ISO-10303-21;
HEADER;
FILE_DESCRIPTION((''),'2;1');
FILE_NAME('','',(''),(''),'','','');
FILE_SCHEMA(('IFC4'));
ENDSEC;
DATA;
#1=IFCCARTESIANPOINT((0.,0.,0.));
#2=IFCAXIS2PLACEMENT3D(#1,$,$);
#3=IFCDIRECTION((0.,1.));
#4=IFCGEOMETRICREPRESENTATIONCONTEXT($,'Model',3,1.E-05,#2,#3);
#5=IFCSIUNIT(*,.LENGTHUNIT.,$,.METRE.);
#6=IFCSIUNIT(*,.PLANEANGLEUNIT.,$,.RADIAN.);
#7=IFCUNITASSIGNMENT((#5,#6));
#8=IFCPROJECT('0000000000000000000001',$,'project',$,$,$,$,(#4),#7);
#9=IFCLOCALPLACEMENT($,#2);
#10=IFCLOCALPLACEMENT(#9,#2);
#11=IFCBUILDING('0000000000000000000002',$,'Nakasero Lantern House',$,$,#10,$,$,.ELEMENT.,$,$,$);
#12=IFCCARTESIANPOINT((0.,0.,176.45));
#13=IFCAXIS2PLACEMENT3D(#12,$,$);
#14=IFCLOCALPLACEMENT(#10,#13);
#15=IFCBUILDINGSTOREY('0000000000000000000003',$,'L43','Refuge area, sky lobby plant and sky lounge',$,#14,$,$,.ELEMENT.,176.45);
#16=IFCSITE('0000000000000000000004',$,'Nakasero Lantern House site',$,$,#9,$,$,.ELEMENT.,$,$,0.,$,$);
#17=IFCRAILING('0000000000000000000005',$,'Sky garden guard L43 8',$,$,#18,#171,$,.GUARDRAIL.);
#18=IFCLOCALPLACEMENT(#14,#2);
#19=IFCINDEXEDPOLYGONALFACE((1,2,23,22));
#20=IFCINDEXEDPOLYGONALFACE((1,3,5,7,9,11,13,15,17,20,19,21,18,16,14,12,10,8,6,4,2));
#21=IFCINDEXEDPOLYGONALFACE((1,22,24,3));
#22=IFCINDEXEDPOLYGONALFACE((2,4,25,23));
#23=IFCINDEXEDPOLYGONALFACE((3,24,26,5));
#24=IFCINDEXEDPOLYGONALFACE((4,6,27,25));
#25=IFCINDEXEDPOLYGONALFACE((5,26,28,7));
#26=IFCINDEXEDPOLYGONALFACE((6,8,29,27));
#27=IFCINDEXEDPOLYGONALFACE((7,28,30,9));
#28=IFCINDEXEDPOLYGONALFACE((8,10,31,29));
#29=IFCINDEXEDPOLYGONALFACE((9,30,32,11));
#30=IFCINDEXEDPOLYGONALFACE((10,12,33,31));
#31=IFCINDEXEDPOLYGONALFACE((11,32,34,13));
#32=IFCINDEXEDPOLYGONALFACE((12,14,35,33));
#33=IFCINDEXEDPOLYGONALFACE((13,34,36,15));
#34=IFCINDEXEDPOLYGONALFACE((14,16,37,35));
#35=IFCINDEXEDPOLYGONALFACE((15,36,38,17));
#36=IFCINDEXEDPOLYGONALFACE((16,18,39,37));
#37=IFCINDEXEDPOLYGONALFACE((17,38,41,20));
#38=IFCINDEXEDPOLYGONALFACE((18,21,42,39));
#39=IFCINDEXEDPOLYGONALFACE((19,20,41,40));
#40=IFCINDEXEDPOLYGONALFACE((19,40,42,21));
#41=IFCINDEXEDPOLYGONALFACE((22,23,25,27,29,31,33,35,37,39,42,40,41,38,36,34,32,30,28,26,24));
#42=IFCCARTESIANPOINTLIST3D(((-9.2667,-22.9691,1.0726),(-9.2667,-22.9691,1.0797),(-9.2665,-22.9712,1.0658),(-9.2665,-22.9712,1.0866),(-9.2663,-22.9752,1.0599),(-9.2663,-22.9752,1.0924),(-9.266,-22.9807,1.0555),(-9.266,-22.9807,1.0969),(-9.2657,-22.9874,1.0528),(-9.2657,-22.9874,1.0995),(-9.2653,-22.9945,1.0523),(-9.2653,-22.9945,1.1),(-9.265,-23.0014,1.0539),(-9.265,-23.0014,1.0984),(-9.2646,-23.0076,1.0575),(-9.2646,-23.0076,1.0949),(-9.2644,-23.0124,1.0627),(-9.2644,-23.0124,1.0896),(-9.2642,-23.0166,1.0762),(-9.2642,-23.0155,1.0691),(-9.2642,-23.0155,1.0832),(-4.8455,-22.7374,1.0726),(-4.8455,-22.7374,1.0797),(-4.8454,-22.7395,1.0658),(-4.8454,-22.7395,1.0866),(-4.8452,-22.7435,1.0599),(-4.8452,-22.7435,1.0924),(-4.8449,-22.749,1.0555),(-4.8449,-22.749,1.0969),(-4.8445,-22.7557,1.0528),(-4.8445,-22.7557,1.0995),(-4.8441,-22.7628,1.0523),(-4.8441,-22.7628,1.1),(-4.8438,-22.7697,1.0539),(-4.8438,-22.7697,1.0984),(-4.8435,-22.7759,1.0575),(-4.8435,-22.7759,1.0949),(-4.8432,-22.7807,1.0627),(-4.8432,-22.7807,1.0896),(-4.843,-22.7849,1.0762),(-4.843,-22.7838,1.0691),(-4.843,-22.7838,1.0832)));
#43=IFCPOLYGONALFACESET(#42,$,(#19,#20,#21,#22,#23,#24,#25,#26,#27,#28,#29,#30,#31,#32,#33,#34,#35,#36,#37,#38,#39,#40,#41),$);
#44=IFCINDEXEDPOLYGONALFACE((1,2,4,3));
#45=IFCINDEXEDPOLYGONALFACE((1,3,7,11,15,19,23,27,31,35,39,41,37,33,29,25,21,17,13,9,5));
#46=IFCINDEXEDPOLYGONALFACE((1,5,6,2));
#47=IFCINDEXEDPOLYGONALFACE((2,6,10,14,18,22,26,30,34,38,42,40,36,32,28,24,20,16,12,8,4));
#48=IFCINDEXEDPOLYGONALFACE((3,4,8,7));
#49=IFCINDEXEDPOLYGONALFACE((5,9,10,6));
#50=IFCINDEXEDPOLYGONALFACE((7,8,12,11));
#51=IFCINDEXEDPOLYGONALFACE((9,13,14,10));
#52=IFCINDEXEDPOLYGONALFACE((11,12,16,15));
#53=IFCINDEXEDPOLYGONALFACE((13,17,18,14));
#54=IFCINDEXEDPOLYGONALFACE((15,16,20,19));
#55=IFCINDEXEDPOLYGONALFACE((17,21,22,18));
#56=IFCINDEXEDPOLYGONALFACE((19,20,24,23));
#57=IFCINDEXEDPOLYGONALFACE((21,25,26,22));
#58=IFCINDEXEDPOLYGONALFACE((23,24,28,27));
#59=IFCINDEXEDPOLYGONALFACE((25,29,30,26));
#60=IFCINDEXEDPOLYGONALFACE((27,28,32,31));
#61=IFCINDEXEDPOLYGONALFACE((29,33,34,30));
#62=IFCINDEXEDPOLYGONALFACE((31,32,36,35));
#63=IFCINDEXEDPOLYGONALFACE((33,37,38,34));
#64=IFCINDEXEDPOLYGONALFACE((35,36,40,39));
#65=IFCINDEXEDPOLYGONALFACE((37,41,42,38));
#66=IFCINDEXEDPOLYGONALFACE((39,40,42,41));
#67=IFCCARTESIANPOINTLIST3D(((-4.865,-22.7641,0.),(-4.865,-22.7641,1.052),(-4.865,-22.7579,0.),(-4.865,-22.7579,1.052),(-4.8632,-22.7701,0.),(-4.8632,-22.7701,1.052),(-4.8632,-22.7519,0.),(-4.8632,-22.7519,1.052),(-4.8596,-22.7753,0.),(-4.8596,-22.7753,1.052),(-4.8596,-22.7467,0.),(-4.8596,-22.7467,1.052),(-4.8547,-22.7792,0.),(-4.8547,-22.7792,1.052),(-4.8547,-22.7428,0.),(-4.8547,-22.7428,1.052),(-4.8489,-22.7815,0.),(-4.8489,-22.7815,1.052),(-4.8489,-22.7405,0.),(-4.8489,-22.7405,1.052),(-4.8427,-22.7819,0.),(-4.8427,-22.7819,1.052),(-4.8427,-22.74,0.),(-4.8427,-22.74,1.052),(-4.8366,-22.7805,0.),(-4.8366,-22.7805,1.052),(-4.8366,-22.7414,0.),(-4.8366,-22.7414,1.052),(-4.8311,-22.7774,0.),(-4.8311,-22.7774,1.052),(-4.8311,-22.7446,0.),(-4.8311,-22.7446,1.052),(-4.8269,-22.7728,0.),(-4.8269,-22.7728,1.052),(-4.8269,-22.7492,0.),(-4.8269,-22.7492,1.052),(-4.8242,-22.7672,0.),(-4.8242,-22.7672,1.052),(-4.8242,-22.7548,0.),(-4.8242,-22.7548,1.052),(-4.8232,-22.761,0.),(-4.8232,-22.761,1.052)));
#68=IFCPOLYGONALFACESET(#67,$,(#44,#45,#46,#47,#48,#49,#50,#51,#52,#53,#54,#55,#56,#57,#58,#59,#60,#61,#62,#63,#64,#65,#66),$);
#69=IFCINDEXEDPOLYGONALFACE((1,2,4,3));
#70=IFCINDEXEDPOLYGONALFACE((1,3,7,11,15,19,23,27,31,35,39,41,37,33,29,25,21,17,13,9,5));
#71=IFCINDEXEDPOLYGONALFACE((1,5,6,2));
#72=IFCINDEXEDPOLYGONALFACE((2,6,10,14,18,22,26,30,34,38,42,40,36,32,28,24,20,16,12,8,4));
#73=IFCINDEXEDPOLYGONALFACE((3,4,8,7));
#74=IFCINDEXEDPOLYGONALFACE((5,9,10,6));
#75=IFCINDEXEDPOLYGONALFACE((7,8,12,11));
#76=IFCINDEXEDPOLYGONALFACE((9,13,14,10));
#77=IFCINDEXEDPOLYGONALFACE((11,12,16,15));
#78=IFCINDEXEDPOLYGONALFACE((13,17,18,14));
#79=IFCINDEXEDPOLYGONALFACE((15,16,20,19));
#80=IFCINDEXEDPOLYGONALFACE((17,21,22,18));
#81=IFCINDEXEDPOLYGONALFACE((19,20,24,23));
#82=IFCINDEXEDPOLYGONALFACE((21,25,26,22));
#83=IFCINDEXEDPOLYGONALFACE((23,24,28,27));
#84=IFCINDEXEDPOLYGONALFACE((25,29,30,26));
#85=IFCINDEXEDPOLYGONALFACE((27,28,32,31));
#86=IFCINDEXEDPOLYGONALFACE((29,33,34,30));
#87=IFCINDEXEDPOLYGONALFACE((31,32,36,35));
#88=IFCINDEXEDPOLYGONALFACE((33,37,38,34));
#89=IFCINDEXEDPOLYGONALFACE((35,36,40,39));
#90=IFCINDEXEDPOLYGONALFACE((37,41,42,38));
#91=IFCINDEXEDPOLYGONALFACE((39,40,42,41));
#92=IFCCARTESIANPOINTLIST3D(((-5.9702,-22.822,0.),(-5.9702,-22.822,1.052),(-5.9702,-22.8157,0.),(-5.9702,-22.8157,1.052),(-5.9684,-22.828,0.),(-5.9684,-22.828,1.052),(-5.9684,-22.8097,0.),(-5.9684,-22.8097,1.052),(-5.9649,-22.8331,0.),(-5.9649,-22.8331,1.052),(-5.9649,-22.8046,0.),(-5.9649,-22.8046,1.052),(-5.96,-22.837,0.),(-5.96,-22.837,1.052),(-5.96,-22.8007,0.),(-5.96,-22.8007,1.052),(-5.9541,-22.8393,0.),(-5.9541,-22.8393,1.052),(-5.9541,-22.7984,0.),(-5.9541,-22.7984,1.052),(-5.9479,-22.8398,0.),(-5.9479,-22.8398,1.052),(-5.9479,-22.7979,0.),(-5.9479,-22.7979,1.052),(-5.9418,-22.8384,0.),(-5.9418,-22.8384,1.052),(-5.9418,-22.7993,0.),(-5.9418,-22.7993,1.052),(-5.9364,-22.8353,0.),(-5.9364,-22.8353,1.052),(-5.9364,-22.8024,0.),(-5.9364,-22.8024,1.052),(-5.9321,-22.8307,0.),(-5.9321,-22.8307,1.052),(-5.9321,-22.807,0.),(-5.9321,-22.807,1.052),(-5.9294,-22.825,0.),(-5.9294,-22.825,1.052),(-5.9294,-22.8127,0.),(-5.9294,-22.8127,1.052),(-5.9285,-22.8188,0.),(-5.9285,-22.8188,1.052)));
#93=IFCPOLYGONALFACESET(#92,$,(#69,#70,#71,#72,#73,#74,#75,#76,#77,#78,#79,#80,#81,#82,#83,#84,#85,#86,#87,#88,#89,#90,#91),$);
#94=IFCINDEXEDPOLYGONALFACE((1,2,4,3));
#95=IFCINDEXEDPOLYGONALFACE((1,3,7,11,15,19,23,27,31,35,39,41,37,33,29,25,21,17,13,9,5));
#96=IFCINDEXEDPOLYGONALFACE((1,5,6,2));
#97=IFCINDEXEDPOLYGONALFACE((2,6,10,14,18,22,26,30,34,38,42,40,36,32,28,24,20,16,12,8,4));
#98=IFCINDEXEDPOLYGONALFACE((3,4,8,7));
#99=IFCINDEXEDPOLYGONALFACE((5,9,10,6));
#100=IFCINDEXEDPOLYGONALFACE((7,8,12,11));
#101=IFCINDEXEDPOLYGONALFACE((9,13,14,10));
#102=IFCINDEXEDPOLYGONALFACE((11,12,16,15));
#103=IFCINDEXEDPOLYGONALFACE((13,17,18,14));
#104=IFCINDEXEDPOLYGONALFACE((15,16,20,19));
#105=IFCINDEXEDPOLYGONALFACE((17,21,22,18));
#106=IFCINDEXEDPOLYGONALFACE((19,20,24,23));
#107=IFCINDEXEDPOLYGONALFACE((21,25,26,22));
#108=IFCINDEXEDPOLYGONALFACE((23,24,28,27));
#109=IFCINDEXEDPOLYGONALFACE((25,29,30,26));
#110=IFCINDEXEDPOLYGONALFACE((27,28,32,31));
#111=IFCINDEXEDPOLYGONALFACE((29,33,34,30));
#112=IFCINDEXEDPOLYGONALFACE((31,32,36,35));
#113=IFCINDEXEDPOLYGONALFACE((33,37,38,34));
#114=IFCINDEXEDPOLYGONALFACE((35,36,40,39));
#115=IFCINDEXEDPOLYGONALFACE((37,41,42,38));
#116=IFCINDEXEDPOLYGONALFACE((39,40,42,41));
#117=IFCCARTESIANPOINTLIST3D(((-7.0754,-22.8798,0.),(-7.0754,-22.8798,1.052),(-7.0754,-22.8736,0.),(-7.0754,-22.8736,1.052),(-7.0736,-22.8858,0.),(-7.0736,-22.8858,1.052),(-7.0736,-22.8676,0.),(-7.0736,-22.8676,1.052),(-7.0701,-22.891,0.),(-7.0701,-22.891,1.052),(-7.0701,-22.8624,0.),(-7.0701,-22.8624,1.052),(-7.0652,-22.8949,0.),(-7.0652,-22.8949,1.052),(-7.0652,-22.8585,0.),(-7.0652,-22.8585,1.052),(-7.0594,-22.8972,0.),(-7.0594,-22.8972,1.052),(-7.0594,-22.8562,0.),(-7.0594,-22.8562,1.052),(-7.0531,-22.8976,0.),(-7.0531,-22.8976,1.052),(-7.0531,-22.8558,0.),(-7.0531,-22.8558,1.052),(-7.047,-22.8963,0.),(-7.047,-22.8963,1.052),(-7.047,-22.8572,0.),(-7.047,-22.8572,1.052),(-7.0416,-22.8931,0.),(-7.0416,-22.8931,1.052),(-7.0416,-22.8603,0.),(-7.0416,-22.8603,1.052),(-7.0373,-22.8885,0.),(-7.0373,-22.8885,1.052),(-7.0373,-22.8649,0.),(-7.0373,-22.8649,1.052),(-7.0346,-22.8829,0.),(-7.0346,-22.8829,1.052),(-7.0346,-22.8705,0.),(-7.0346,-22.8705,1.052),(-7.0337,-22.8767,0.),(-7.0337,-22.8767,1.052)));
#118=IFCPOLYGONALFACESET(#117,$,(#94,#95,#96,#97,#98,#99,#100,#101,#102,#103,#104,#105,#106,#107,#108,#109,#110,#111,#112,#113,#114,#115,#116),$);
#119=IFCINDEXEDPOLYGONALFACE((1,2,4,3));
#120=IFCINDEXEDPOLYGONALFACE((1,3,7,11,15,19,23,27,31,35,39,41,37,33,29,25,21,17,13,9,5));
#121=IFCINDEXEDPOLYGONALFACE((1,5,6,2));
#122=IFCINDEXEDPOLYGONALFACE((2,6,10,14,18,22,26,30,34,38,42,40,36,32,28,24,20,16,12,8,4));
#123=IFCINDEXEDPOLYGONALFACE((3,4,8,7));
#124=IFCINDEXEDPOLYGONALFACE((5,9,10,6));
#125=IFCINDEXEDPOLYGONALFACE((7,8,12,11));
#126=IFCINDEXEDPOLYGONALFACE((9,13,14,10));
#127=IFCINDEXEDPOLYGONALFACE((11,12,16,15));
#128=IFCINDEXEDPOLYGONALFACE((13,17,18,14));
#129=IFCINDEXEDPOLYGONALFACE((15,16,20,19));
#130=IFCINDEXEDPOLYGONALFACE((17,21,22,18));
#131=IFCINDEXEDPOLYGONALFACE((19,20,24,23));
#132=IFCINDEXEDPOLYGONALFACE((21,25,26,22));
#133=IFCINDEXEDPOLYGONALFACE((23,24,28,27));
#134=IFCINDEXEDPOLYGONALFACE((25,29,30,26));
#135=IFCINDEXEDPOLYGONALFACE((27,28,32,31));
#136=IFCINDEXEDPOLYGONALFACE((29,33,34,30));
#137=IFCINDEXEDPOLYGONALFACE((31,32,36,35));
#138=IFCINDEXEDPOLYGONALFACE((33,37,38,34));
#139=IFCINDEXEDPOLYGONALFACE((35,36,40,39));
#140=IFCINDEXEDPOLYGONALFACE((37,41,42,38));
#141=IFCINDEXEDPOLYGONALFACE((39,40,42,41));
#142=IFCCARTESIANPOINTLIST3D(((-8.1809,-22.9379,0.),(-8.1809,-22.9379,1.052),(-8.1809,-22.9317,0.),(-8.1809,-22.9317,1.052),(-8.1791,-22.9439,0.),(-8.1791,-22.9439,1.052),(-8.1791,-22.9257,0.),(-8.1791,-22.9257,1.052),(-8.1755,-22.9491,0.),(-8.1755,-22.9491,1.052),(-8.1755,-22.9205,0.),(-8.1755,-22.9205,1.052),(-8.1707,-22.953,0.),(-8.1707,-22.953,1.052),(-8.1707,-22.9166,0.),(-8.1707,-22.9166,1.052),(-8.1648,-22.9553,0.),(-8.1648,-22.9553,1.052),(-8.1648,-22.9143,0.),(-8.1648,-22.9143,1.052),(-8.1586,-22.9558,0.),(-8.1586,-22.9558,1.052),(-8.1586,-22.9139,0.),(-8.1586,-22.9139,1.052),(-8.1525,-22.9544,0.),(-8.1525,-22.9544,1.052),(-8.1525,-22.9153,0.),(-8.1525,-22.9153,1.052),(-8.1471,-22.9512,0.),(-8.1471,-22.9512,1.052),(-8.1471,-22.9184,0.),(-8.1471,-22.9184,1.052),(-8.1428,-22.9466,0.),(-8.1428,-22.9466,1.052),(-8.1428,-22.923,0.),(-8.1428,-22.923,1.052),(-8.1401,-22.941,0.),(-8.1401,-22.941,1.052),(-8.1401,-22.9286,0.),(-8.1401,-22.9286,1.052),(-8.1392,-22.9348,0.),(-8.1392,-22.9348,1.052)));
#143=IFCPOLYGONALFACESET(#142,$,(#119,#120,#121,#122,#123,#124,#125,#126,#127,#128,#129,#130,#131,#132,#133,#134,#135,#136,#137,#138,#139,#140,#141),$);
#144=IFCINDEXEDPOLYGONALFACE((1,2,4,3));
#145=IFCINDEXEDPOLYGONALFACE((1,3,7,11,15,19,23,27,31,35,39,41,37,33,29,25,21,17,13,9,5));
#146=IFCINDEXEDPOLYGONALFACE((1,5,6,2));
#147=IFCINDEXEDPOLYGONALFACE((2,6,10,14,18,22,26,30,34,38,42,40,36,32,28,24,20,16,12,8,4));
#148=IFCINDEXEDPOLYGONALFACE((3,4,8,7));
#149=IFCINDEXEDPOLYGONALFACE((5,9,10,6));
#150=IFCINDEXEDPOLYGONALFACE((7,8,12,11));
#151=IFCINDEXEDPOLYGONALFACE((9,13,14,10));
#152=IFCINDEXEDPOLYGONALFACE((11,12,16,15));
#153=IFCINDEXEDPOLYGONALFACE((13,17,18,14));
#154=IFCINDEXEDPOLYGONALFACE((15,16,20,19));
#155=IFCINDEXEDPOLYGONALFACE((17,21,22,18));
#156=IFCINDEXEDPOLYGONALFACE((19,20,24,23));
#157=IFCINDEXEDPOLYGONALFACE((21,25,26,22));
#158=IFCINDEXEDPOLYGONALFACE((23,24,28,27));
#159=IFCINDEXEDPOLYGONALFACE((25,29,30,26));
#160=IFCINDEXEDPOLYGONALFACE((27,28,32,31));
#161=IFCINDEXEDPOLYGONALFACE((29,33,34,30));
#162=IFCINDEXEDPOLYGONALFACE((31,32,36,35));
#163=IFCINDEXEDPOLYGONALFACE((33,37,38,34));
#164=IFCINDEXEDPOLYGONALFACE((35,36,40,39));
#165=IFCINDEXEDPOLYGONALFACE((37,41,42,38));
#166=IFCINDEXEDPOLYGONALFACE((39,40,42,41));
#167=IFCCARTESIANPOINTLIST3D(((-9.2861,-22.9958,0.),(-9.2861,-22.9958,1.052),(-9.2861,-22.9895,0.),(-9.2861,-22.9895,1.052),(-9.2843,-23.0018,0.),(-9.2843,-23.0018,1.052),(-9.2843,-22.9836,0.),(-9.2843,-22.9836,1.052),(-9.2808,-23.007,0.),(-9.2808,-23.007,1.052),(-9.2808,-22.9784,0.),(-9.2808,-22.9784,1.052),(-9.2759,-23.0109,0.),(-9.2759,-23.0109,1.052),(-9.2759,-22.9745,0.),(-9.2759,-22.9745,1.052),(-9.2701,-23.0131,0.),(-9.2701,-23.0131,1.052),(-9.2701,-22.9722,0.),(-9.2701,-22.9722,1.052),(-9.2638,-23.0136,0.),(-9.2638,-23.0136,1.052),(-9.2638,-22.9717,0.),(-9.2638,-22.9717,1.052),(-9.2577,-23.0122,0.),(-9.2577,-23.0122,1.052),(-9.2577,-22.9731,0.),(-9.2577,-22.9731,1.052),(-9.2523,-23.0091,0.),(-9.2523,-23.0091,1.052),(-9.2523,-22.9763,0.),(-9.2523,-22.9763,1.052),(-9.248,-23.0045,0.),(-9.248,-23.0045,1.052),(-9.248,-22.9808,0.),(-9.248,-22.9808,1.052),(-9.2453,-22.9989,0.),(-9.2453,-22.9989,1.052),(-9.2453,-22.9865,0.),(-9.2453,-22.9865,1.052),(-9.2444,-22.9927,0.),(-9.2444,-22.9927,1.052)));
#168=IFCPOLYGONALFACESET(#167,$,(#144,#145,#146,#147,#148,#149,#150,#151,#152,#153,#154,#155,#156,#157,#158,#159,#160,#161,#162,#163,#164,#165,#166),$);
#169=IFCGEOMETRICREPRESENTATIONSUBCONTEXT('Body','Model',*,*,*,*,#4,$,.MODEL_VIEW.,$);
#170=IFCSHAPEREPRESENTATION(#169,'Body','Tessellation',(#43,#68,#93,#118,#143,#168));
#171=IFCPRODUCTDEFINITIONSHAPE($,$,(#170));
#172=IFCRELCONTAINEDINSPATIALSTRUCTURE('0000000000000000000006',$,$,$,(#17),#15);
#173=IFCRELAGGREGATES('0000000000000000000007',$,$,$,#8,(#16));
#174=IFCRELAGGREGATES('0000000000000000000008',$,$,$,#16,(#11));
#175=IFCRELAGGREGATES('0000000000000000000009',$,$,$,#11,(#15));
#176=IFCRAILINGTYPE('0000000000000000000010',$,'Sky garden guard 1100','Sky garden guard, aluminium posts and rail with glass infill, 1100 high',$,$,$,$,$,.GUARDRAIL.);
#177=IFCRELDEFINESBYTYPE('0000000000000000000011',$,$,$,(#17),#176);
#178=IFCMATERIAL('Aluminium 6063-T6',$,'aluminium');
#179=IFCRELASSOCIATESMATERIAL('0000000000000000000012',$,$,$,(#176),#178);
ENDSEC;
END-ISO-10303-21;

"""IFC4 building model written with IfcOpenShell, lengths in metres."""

from ifc_helpers import new_model, si_unit, direction, frame, origin, origin_2d, place, context, subcontext, project, spatial, circle, extrude, material, type_object, element, save


model = new_model("IFC4")

# Units and contexts
model_context = context("Model", 3, precision=1e-05, world=origin(), true_north=direction((0.0, 1.0)))
body_context = subcontext(model_context, "Body", "Model", "MODEL_VIEW")
ifc_project = project(units=[si_unit("LENGTHUNIT", "METRE"), si_unit("PLANEANGLEUNIT", "RADIAN")], contexts=[model_context])

# Site, building, storey
site_placement = place(None, origin())
site = spatial("IfcSite", under=ifc_project, at=site_placement, Name="Nakasero Lantern House site", CompositionType="ELEMENT", RefElevation=0.0)
building_placement = place(site_placement, origin())
building = spatial("IfcBuilding", under=site, at=building_placement, Name="Nakasero Lantern House", CompositionType="ELEMENT")
storey_placement = place(building_placement, frame((0.0, 0.0, 176.45)))
storey = spatial("IfcBuildingStorey", under=building, at=storey_placement, Name="L43", Description="Refuge area, sky lobby plant and sky lounge", CompositionType="ELEMENT", Elevation=176.45)

# Railing
ifc_material_1 = material(Name="Aluminium 6063-T6", Category="aluminium")
railing_type = type_object("IfcRailingType", Name="Sky garden guard 1100", Description="Sky garden guard, aluminium posts and rail with glass infill, 1100 high", PredefinedType="GUARDRAIL", material=ifc_material_1)
railing_placement = place(storey_placement, frame((-4.8442, -22.761, 0.0)))
element("IfcRailing", 1, at=railing_placement, inside=storey, type_object=railing_type, Name="Sky garden guard L43 8", PredefinedType="GUARDRAIL", context=body_context, shape_type="SweptSolid", body=[
    extrude(circle(Radius=0.0239, at=origin_2d()), frame((0.0, 0.0, 1.0762), z_axis=(-0.99863, -0.052333, 0.0), x_axis=(0.052333, -0.99863, 0.0)), (0.0, 0.0, 1.0), 4.4272),
    extrude(circle(Radius=0.021, at=origin_2d()), origin(), (0.0, 0.0, 1.0), 1.052),
    extrude(circle(Radius=0.021, at=origin_2d()), frame((-1.1052, -0.0579, 0.0)), (0.0, 0.0, 1.0), 1.052),
    extrude(circle(Radius=0.021, at=origin_2d()), frame((-2.2104, -0.1157, 0.0)), (0.0, 0.0, 1.0), 1.052),
    extrude(circle(Radius=0.021, at=origin_2d()), frame((-3.3159, -0.1738, 0.0)), (0.0, 0.0, 1.0), 1.052),
    extrude(circle(Radius=0.021, at=origin_2d()), frame((-4.4211, -0.2317, 0.0)), (0.0, 0.0, 1.0), 1.052),
])

save(model, "model.ifc")
